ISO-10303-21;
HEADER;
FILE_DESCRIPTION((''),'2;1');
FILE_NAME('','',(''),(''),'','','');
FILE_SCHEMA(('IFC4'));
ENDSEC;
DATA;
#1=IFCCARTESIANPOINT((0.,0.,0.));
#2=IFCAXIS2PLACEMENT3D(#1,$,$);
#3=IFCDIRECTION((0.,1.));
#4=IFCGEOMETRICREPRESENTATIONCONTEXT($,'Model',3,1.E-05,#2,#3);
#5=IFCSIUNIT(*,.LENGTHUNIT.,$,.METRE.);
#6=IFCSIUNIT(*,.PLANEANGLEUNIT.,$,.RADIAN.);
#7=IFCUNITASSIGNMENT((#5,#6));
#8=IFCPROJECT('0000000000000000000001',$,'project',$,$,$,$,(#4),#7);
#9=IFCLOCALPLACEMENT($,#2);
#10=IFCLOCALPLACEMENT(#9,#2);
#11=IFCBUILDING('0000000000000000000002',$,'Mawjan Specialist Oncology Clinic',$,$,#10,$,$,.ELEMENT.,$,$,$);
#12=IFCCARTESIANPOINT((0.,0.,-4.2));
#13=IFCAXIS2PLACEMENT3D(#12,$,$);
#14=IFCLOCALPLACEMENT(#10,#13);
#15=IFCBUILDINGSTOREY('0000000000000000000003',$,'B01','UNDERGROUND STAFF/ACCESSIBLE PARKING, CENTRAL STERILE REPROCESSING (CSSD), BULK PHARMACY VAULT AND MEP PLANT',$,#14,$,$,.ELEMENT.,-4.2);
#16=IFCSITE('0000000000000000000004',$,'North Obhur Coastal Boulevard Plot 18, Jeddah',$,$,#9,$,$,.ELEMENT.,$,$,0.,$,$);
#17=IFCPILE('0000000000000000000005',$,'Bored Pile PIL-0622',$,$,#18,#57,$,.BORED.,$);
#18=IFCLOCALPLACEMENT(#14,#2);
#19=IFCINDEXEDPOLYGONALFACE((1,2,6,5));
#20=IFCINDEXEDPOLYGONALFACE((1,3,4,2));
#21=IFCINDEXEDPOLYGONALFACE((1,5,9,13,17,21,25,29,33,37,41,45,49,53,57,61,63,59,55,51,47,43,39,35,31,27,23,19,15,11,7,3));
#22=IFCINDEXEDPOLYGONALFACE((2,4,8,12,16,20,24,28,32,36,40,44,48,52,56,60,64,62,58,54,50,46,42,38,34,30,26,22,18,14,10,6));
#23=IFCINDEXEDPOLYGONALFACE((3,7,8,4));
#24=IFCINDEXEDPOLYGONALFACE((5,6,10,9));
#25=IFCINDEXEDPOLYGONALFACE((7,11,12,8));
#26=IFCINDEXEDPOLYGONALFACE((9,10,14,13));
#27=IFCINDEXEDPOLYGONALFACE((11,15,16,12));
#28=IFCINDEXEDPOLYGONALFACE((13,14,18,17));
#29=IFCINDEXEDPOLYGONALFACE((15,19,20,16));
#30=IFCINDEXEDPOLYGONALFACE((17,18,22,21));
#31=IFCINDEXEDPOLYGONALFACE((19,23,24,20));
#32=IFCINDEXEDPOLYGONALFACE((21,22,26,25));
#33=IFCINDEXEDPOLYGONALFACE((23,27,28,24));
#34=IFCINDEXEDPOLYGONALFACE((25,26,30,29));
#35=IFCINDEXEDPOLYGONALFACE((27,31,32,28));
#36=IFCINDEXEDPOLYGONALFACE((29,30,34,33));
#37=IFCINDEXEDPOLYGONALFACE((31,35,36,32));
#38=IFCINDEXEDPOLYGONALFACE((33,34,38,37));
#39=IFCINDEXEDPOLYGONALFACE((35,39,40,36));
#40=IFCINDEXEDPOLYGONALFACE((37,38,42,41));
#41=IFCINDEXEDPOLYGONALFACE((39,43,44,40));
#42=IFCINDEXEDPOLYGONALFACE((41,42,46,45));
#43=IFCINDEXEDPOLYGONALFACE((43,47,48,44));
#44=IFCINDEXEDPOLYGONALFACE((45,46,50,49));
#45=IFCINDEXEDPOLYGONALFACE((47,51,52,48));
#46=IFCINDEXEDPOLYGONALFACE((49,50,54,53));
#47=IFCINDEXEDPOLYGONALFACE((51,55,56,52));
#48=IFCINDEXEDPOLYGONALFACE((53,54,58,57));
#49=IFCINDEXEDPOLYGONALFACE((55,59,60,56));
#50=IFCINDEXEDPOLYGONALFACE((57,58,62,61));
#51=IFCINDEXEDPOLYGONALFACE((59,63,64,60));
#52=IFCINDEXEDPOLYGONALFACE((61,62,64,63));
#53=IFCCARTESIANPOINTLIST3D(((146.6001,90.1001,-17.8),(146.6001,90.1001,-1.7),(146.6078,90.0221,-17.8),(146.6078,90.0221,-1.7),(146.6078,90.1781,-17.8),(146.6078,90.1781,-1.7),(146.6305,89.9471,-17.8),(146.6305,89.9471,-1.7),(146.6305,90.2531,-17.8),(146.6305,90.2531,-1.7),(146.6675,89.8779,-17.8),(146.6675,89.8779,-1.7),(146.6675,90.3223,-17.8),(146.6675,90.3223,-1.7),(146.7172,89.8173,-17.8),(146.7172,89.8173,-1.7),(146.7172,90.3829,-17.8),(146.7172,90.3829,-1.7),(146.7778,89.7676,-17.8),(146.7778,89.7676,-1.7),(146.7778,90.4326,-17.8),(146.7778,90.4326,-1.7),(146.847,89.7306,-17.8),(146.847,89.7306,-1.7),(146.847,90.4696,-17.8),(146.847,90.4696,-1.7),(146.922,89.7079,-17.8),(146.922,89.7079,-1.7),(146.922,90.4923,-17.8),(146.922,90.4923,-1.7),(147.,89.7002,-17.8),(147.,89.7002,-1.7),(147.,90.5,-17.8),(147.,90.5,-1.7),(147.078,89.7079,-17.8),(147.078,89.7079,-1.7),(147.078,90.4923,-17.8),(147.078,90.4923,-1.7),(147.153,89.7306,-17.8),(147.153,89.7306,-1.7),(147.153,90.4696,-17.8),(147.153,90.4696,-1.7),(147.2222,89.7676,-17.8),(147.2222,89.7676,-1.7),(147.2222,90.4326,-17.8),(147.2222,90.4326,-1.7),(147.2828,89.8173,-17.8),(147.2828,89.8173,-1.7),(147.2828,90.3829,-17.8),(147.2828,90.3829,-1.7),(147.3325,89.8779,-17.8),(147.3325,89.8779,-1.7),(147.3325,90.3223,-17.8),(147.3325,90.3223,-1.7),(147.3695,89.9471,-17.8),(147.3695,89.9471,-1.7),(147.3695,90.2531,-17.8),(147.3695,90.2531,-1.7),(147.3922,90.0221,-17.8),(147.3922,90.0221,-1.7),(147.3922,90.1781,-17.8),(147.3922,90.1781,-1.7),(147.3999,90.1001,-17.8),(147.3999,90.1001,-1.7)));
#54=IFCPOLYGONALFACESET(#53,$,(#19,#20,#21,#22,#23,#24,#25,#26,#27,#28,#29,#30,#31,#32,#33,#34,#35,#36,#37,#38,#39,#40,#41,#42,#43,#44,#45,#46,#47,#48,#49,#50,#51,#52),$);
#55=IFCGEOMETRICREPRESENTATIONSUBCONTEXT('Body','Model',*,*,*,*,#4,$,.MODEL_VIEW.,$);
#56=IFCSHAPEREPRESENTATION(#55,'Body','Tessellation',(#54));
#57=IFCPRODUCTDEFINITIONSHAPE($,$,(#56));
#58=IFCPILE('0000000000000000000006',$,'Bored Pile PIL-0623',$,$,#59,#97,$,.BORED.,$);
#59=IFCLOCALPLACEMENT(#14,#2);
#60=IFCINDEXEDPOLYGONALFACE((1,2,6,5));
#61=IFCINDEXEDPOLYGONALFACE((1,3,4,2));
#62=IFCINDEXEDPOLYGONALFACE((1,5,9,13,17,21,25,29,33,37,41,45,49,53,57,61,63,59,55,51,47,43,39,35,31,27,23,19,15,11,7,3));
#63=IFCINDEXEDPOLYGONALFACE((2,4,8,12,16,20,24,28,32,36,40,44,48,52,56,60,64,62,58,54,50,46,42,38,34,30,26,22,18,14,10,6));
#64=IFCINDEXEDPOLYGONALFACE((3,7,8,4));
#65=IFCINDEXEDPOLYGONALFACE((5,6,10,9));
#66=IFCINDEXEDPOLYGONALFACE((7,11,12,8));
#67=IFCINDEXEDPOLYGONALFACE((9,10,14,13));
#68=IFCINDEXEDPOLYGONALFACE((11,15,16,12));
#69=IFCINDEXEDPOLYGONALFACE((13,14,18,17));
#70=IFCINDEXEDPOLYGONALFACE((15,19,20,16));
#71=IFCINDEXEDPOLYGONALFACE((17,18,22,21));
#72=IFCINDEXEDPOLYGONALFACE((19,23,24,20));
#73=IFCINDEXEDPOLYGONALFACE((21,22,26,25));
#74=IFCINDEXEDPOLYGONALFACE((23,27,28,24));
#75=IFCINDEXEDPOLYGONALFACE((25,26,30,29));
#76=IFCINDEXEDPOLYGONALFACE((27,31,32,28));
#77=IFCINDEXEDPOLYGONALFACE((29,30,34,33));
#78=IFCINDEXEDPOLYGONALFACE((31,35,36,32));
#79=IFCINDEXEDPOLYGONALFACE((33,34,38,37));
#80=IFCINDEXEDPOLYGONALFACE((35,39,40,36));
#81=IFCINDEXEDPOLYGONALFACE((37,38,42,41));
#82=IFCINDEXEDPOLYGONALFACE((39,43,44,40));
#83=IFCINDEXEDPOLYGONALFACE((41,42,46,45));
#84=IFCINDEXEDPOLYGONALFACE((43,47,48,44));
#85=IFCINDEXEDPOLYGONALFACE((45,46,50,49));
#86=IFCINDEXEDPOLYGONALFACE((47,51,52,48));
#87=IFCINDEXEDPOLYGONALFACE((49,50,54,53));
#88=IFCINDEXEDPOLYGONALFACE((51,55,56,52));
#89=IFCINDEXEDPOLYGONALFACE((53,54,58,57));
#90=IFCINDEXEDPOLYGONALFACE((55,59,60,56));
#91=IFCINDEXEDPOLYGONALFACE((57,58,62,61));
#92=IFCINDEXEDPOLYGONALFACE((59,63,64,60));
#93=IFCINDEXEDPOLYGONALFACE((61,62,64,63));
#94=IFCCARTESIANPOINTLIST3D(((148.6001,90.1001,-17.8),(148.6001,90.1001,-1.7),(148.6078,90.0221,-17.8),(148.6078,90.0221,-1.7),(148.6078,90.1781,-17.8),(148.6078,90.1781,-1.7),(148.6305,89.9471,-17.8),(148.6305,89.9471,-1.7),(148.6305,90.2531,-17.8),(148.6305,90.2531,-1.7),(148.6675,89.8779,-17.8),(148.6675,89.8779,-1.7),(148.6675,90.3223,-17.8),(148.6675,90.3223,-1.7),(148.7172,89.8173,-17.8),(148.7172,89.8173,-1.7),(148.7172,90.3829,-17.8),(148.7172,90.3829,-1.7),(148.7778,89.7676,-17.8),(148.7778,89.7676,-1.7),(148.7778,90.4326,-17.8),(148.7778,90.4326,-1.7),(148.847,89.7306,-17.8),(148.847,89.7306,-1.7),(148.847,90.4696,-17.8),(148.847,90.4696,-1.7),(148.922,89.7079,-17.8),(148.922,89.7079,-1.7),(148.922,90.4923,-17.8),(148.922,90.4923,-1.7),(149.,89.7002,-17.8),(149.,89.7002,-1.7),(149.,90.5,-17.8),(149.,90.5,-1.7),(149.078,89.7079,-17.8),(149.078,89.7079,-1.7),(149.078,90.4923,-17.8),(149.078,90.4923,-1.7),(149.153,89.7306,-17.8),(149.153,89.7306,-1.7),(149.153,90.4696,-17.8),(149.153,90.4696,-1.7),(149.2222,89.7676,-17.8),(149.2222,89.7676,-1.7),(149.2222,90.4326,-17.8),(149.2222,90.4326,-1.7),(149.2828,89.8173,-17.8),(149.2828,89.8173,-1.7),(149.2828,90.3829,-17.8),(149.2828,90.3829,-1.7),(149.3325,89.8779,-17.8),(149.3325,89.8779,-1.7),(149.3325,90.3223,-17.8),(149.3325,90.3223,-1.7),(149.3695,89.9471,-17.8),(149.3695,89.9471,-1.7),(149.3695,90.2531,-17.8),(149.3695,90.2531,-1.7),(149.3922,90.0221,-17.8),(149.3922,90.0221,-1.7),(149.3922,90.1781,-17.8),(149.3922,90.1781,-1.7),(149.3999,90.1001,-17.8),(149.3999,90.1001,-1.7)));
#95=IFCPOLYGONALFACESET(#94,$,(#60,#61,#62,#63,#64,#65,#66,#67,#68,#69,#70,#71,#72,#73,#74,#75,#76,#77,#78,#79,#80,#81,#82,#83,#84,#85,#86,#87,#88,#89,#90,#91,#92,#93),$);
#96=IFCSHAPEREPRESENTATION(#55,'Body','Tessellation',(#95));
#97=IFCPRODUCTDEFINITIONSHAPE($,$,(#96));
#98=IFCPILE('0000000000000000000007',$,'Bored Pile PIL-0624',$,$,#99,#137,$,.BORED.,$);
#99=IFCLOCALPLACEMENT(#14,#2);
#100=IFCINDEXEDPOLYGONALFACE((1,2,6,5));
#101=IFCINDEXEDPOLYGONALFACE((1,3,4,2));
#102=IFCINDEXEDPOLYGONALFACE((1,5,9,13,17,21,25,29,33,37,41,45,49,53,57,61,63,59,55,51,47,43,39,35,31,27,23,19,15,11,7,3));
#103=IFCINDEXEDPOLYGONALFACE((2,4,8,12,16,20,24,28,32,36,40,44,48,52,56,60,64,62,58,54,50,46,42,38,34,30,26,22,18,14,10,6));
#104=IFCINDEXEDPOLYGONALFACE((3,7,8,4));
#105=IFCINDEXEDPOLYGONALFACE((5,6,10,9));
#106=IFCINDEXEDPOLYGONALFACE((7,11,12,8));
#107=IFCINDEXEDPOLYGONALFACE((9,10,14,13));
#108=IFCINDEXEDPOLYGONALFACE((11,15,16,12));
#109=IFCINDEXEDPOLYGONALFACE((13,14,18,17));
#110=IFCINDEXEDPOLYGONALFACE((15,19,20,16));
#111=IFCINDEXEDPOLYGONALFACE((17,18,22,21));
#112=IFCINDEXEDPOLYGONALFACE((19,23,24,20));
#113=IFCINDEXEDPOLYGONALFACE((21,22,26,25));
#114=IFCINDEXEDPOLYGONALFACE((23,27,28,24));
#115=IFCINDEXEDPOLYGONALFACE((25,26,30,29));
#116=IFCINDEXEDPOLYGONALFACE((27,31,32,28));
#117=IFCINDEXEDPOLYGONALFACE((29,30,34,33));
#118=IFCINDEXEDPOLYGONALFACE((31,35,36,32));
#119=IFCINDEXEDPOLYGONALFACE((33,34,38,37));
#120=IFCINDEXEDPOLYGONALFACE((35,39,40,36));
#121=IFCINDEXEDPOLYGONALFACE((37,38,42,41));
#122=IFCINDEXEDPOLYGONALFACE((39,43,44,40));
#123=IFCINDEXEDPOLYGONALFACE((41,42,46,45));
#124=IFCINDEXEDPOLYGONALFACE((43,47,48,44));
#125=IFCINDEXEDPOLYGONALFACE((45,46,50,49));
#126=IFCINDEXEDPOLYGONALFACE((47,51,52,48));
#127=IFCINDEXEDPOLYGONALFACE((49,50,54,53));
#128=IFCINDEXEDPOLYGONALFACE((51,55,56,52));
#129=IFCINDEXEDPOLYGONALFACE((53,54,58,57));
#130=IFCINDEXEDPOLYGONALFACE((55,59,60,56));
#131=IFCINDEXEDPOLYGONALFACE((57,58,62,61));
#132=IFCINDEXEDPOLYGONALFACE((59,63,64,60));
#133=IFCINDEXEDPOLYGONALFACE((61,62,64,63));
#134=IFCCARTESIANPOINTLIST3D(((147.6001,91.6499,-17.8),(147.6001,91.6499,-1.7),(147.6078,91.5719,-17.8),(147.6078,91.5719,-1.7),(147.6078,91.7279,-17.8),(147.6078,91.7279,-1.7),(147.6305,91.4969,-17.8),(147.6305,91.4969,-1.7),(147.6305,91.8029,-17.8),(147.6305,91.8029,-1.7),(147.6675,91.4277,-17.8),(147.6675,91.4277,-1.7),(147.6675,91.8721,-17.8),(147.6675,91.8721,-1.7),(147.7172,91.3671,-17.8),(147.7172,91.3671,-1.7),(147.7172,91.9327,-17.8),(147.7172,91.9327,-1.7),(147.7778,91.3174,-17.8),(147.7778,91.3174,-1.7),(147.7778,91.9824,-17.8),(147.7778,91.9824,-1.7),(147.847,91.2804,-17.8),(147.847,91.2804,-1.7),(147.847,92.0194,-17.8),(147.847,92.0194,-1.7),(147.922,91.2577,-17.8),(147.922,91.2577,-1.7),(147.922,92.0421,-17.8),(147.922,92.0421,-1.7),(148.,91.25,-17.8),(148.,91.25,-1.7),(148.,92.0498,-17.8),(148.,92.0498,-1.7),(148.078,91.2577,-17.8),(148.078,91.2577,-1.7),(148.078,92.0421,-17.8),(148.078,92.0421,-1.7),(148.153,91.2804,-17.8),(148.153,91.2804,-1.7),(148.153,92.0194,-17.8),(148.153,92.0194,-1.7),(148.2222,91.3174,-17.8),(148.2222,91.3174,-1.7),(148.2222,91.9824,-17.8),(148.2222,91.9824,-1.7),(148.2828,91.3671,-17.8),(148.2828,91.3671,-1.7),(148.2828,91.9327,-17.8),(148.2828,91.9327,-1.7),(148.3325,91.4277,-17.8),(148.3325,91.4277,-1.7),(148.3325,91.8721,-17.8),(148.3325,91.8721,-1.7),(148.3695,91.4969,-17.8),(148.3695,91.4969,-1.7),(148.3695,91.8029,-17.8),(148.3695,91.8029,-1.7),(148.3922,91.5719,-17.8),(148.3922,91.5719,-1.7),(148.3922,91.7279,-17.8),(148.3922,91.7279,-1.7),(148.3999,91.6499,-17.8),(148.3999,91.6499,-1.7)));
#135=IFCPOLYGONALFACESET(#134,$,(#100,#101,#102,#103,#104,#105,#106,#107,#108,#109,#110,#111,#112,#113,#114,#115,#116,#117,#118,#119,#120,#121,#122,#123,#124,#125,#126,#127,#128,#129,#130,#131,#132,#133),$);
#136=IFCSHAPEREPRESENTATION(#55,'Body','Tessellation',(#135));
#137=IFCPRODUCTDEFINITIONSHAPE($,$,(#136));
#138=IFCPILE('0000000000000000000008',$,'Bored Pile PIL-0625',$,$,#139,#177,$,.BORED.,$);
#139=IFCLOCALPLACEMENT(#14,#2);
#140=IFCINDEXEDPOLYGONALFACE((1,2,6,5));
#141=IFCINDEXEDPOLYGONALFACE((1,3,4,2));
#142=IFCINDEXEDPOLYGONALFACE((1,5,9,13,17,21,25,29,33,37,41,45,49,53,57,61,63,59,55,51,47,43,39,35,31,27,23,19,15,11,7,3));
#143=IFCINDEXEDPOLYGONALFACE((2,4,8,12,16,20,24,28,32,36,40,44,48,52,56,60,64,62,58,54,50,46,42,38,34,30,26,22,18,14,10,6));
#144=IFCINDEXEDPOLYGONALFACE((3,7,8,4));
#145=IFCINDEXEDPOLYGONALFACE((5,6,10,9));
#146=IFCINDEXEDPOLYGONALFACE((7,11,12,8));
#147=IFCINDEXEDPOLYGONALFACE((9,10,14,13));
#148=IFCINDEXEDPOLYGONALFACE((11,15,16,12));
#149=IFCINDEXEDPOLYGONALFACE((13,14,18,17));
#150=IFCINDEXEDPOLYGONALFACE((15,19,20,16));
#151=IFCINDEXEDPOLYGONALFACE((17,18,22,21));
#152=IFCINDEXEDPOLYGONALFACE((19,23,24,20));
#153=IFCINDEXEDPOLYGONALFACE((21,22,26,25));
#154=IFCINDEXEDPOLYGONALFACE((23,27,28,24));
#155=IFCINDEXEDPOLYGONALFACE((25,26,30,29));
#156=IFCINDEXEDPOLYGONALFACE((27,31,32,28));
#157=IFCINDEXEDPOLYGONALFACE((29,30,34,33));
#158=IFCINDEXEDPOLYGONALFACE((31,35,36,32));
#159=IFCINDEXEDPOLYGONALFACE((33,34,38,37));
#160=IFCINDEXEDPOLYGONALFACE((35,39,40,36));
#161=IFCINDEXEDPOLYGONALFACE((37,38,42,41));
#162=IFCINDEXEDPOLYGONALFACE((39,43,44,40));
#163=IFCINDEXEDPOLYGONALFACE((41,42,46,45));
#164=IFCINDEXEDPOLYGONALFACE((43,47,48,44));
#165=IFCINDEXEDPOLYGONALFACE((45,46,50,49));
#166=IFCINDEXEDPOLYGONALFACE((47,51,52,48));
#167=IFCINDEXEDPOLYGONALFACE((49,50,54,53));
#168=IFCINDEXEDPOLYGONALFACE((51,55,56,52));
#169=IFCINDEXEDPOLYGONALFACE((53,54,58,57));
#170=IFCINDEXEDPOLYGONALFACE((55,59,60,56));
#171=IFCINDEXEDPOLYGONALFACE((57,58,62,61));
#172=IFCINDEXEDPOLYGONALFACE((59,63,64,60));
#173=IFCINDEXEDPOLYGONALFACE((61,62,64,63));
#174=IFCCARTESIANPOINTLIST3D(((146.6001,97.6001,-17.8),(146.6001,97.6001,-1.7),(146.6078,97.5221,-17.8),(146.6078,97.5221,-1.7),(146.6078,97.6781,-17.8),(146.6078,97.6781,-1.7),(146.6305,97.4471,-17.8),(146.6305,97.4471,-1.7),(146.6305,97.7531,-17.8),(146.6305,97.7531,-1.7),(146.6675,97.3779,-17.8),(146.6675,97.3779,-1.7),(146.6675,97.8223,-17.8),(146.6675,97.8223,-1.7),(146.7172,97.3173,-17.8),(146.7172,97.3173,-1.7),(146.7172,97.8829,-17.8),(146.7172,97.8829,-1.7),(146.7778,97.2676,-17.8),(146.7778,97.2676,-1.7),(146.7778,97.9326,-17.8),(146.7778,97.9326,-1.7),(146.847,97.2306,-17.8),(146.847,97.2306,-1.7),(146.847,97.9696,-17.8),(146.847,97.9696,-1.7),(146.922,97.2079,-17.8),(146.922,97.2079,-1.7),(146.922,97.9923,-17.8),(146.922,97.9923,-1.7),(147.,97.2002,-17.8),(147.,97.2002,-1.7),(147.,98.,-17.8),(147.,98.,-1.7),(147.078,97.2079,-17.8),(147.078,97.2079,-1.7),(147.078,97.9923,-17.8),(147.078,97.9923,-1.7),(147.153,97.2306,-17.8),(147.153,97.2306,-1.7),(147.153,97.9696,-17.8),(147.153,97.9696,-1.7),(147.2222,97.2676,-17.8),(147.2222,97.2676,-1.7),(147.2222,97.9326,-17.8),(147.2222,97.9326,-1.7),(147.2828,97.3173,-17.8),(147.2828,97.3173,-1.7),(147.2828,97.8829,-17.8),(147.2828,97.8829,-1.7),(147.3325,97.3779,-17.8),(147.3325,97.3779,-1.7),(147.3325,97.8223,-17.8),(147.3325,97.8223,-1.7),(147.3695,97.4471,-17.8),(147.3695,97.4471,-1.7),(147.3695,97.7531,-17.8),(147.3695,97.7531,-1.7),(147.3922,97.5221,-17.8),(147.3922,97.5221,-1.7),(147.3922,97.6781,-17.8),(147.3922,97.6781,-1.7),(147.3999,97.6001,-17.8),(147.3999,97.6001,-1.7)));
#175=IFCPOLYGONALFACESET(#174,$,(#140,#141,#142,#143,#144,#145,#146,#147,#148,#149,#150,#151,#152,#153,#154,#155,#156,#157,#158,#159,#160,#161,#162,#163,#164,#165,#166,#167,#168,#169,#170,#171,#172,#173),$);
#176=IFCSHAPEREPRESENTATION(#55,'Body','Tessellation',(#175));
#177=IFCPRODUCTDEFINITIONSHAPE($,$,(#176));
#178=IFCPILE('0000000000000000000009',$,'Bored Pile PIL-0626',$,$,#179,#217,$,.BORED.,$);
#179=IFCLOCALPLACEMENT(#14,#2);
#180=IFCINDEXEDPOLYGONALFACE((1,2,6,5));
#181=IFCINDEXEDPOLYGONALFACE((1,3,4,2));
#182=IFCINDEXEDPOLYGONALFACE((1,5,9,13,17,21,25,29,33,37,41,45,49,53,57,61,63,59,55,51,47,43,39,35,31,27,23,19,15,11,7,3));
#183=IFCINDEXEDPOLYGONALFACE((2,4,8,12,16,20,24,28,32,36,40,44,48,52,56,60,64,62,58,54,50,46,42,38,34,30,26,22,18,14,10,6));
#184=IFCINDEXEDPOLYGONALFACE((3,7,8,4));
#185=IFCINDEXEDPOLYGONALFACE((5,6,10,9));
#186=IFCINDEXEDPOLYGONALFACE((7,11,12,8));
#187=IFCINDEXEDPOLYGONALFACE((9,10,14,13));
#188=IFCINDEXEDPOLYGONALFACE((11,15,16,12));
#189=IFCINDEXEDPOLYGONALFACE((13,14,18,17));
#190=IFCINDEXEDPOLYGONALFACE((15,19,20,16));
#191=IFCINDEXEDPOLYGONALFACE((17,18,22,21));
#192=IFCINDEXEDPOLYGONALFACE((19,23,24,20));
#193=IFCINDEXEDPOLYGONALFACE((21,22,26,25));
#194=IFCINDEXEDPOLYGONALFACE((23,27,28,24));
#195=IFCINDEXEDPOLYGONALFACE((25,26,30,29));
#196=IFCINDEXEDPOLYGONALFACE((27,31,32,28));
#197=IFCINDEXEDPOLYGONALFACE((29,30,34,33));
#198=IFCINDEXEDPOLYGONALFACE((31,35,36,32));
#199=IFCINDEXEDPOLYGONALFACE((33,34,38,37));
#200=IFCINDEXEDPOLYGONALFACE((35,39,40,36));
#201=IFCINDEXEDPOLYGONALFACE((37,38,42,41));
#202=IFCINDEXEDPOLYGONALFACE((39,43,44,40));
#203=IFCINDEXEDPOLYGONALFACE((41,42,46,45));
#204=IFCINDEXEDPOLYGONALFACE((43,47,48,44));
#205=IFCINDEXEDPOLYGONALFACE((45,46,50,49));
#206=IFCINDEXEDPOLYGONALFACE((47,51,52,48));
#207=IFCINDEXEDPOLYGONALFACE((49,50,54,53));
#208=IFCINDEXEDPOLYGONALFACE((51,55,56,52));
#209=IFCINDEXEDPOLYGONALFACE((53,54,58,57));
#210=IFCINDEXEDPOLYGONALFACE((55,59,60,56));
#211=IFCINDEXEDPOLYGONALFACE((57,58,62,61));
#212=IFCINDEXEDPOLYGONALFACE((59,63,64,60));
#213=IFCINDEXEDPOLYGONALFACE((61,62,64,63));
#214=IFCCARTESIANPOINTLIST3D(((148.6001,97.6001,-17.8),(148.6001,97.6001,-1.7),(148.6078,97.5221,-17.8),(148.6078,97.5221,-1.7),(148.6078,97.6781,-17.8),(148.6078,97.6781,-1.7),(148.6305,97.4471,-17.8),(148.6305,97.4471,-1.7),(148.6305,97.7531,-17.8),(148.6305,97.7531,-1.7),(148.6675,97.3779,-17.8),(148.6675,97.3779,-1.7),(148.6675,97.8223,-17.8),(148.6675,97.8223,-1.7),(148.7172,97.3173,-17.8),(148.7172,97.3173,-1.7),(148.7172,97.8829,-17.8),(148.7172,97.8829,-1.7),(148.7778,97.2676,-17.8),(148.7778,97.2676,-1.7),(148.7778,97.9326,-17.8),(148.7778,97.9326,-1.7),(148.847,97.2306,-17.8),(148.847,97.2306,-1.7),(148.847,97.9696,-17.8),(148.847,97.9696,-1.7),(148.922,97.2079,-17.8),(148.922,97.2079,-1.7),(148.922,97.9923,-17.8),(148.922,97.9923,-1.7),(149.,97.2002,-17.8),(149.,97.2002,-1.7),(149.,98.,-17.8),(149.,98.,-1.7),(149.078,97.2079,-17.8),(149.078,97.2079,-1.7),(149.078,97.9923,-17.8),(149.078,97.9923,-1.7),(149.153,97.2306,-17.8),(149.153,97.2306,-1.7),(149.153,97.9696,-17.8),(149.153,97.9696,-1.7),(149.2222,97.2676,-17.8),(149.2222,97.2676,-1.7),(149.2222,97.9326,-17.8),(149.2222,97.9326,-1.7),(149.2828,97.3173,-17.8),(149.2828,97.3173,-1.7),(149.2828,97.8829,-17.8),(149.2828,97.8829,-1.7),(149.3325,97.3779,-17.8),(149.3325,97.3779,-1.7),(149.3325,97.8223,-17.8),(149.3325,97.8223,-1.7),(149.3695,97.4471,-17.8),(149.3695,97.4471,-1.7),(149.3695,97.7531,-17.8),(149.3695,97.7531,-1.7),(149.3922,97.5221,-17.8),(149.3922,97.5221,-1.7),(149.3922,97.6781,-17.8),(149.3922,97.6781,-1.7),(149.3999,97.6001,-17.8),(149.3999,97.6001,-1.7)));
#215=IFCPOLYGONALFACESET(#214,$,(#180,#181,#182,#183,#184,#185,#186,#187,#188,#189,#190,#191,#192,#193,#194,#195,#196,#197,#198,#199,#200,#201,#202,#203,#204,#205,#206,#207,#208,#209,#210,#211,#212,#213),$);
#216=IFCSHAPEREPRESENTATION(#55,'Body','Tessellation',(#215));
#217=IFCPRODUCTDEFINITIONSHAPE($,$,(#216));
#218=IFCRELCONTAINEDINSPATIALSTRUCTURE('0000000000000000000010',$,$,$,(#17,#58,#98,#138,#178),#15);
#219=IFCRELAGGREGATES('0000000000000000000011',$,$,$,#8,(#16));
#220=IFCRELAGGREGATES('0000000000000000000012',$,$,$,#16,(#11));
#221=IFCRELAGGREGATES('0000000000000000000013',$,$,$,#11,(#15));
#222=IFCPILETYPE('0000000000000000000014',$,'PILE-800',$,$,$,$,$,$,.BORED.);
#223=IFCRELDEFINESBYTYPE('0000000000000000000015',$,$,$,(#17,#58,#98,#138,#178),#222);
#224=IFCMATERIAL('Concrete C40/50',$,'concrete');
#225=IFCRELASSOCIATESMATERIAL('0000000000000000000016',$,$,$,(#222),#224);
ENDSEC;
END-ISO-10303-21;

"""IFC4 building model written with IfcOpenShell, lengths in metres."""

from ifc_helpers import new_model, si_unit, direction, frame, origin, origin_2d, place, context, subcontext, project, spatial, circle, extrude, material, material_profile, profile_set, type_object, element, save


model = new_model("IFC4")

# Units and contexts
model_context = context("Model", 3, precision=1e-05, world=origin(), true_north=direction((0.0, 1.0)))
body_context = subcontext(model_context, "Body", "Model", "MODEL_VIEW")
ifc_project = project(units=[si_unit("LENGTHUNIT", "METRE"), si_unit("PLANEANGLEUNIT", "RADIAN")], contexts=[model_context])

# Site, building, storey
site_placement = place(None, origin())
site = spatial("IfcSite", under=ifc_project, at=site_placement, Name="North Obhur Coastal Boulevard Plot 18, Jeddah", CompositionType="ELEMENT", RefElevation=0.0)
building_placement = place(site_placement, origin())
building = spatial("IfcBuilding", under=site, at=building_placement, Name="Mawjan Specialist Oncology Clinic", CompositionType="ELEMENT")
storey_placement = place(building_placement, frame((0.0, 0.0, -4.2)))
storey = spatial("IfcBuildingStorey", under=building, at=storey_placement, Name="B01", Description="UNDERGROUND STAFF/ACCESSIBLE PARKING, CENTRAL STERILE REPROCESSING (CSSD), BULK PHARMACY VAULT AND MEP PLANT", CompositionType="ELEMENT", Elevation=-4.2)

# Piles
ifc_material_1 = material(Name="Concrete C40/50", Category="concrete")
ifc_material_profile_1 = material_profile(ifc_material_1, circle(Radius=0.3999, at=origin_2d()), Name="BORED PILE D800", Category="concrete")
ifc_profile_set_1 = profile_set([ifc_material_profile_1], Name="Concrete C40/50")
pile_type = type_object("IfcPileType", Name="PILE-800", PredefinedType="BORED", material=ifc_profile_set_1)
for number, where, z_axis, x_axis, name in (
    (1, (147.0, 90.1001, -1.7), (0.0, 0.0, -1.0), (1.0, 0.0, 0.0), "Bored Pile PIL-0622"),
    (2, (149.0, 90.1001, -1.7), (0.0, 0.0, -1.0), (1.0, 0.0, 0.0), "Bored Pile PIL-0623"),
    (3, (148.0, 91.6499, -1.7), (0.0, 0.0, -1.0), (1.0, 0.0, 0.0), "Bored Pile PIL-0624"),
    (4, (147.0, 97.6001, -1.7), (0.0, 0.0, -1.0), (1.0, 0.0, 0.0), "Bored Pile PIL-0625"),
    (5, (149.0, 97.6001, -1.7), (0.0, 0.0, -1.0), (1.0, 0.0, 0.0), "Bored Pile PIL-0626"),
):
    element("IfcPile", number, at=place(storey_placement, frame(where, z_axis=z_axis, x_axis=x_axis)), inside=storey, type_object=pile_type, Name=name, PredefinedType="BORED", context=body_context, shape_type="SweptSolid", body=[
        extrude(circle(Radius=0.3999, at=origin_2d()), origin(), (0.0, 0.0, 1.0), 16.1001),
    ])

save(model, "model.ifc")
